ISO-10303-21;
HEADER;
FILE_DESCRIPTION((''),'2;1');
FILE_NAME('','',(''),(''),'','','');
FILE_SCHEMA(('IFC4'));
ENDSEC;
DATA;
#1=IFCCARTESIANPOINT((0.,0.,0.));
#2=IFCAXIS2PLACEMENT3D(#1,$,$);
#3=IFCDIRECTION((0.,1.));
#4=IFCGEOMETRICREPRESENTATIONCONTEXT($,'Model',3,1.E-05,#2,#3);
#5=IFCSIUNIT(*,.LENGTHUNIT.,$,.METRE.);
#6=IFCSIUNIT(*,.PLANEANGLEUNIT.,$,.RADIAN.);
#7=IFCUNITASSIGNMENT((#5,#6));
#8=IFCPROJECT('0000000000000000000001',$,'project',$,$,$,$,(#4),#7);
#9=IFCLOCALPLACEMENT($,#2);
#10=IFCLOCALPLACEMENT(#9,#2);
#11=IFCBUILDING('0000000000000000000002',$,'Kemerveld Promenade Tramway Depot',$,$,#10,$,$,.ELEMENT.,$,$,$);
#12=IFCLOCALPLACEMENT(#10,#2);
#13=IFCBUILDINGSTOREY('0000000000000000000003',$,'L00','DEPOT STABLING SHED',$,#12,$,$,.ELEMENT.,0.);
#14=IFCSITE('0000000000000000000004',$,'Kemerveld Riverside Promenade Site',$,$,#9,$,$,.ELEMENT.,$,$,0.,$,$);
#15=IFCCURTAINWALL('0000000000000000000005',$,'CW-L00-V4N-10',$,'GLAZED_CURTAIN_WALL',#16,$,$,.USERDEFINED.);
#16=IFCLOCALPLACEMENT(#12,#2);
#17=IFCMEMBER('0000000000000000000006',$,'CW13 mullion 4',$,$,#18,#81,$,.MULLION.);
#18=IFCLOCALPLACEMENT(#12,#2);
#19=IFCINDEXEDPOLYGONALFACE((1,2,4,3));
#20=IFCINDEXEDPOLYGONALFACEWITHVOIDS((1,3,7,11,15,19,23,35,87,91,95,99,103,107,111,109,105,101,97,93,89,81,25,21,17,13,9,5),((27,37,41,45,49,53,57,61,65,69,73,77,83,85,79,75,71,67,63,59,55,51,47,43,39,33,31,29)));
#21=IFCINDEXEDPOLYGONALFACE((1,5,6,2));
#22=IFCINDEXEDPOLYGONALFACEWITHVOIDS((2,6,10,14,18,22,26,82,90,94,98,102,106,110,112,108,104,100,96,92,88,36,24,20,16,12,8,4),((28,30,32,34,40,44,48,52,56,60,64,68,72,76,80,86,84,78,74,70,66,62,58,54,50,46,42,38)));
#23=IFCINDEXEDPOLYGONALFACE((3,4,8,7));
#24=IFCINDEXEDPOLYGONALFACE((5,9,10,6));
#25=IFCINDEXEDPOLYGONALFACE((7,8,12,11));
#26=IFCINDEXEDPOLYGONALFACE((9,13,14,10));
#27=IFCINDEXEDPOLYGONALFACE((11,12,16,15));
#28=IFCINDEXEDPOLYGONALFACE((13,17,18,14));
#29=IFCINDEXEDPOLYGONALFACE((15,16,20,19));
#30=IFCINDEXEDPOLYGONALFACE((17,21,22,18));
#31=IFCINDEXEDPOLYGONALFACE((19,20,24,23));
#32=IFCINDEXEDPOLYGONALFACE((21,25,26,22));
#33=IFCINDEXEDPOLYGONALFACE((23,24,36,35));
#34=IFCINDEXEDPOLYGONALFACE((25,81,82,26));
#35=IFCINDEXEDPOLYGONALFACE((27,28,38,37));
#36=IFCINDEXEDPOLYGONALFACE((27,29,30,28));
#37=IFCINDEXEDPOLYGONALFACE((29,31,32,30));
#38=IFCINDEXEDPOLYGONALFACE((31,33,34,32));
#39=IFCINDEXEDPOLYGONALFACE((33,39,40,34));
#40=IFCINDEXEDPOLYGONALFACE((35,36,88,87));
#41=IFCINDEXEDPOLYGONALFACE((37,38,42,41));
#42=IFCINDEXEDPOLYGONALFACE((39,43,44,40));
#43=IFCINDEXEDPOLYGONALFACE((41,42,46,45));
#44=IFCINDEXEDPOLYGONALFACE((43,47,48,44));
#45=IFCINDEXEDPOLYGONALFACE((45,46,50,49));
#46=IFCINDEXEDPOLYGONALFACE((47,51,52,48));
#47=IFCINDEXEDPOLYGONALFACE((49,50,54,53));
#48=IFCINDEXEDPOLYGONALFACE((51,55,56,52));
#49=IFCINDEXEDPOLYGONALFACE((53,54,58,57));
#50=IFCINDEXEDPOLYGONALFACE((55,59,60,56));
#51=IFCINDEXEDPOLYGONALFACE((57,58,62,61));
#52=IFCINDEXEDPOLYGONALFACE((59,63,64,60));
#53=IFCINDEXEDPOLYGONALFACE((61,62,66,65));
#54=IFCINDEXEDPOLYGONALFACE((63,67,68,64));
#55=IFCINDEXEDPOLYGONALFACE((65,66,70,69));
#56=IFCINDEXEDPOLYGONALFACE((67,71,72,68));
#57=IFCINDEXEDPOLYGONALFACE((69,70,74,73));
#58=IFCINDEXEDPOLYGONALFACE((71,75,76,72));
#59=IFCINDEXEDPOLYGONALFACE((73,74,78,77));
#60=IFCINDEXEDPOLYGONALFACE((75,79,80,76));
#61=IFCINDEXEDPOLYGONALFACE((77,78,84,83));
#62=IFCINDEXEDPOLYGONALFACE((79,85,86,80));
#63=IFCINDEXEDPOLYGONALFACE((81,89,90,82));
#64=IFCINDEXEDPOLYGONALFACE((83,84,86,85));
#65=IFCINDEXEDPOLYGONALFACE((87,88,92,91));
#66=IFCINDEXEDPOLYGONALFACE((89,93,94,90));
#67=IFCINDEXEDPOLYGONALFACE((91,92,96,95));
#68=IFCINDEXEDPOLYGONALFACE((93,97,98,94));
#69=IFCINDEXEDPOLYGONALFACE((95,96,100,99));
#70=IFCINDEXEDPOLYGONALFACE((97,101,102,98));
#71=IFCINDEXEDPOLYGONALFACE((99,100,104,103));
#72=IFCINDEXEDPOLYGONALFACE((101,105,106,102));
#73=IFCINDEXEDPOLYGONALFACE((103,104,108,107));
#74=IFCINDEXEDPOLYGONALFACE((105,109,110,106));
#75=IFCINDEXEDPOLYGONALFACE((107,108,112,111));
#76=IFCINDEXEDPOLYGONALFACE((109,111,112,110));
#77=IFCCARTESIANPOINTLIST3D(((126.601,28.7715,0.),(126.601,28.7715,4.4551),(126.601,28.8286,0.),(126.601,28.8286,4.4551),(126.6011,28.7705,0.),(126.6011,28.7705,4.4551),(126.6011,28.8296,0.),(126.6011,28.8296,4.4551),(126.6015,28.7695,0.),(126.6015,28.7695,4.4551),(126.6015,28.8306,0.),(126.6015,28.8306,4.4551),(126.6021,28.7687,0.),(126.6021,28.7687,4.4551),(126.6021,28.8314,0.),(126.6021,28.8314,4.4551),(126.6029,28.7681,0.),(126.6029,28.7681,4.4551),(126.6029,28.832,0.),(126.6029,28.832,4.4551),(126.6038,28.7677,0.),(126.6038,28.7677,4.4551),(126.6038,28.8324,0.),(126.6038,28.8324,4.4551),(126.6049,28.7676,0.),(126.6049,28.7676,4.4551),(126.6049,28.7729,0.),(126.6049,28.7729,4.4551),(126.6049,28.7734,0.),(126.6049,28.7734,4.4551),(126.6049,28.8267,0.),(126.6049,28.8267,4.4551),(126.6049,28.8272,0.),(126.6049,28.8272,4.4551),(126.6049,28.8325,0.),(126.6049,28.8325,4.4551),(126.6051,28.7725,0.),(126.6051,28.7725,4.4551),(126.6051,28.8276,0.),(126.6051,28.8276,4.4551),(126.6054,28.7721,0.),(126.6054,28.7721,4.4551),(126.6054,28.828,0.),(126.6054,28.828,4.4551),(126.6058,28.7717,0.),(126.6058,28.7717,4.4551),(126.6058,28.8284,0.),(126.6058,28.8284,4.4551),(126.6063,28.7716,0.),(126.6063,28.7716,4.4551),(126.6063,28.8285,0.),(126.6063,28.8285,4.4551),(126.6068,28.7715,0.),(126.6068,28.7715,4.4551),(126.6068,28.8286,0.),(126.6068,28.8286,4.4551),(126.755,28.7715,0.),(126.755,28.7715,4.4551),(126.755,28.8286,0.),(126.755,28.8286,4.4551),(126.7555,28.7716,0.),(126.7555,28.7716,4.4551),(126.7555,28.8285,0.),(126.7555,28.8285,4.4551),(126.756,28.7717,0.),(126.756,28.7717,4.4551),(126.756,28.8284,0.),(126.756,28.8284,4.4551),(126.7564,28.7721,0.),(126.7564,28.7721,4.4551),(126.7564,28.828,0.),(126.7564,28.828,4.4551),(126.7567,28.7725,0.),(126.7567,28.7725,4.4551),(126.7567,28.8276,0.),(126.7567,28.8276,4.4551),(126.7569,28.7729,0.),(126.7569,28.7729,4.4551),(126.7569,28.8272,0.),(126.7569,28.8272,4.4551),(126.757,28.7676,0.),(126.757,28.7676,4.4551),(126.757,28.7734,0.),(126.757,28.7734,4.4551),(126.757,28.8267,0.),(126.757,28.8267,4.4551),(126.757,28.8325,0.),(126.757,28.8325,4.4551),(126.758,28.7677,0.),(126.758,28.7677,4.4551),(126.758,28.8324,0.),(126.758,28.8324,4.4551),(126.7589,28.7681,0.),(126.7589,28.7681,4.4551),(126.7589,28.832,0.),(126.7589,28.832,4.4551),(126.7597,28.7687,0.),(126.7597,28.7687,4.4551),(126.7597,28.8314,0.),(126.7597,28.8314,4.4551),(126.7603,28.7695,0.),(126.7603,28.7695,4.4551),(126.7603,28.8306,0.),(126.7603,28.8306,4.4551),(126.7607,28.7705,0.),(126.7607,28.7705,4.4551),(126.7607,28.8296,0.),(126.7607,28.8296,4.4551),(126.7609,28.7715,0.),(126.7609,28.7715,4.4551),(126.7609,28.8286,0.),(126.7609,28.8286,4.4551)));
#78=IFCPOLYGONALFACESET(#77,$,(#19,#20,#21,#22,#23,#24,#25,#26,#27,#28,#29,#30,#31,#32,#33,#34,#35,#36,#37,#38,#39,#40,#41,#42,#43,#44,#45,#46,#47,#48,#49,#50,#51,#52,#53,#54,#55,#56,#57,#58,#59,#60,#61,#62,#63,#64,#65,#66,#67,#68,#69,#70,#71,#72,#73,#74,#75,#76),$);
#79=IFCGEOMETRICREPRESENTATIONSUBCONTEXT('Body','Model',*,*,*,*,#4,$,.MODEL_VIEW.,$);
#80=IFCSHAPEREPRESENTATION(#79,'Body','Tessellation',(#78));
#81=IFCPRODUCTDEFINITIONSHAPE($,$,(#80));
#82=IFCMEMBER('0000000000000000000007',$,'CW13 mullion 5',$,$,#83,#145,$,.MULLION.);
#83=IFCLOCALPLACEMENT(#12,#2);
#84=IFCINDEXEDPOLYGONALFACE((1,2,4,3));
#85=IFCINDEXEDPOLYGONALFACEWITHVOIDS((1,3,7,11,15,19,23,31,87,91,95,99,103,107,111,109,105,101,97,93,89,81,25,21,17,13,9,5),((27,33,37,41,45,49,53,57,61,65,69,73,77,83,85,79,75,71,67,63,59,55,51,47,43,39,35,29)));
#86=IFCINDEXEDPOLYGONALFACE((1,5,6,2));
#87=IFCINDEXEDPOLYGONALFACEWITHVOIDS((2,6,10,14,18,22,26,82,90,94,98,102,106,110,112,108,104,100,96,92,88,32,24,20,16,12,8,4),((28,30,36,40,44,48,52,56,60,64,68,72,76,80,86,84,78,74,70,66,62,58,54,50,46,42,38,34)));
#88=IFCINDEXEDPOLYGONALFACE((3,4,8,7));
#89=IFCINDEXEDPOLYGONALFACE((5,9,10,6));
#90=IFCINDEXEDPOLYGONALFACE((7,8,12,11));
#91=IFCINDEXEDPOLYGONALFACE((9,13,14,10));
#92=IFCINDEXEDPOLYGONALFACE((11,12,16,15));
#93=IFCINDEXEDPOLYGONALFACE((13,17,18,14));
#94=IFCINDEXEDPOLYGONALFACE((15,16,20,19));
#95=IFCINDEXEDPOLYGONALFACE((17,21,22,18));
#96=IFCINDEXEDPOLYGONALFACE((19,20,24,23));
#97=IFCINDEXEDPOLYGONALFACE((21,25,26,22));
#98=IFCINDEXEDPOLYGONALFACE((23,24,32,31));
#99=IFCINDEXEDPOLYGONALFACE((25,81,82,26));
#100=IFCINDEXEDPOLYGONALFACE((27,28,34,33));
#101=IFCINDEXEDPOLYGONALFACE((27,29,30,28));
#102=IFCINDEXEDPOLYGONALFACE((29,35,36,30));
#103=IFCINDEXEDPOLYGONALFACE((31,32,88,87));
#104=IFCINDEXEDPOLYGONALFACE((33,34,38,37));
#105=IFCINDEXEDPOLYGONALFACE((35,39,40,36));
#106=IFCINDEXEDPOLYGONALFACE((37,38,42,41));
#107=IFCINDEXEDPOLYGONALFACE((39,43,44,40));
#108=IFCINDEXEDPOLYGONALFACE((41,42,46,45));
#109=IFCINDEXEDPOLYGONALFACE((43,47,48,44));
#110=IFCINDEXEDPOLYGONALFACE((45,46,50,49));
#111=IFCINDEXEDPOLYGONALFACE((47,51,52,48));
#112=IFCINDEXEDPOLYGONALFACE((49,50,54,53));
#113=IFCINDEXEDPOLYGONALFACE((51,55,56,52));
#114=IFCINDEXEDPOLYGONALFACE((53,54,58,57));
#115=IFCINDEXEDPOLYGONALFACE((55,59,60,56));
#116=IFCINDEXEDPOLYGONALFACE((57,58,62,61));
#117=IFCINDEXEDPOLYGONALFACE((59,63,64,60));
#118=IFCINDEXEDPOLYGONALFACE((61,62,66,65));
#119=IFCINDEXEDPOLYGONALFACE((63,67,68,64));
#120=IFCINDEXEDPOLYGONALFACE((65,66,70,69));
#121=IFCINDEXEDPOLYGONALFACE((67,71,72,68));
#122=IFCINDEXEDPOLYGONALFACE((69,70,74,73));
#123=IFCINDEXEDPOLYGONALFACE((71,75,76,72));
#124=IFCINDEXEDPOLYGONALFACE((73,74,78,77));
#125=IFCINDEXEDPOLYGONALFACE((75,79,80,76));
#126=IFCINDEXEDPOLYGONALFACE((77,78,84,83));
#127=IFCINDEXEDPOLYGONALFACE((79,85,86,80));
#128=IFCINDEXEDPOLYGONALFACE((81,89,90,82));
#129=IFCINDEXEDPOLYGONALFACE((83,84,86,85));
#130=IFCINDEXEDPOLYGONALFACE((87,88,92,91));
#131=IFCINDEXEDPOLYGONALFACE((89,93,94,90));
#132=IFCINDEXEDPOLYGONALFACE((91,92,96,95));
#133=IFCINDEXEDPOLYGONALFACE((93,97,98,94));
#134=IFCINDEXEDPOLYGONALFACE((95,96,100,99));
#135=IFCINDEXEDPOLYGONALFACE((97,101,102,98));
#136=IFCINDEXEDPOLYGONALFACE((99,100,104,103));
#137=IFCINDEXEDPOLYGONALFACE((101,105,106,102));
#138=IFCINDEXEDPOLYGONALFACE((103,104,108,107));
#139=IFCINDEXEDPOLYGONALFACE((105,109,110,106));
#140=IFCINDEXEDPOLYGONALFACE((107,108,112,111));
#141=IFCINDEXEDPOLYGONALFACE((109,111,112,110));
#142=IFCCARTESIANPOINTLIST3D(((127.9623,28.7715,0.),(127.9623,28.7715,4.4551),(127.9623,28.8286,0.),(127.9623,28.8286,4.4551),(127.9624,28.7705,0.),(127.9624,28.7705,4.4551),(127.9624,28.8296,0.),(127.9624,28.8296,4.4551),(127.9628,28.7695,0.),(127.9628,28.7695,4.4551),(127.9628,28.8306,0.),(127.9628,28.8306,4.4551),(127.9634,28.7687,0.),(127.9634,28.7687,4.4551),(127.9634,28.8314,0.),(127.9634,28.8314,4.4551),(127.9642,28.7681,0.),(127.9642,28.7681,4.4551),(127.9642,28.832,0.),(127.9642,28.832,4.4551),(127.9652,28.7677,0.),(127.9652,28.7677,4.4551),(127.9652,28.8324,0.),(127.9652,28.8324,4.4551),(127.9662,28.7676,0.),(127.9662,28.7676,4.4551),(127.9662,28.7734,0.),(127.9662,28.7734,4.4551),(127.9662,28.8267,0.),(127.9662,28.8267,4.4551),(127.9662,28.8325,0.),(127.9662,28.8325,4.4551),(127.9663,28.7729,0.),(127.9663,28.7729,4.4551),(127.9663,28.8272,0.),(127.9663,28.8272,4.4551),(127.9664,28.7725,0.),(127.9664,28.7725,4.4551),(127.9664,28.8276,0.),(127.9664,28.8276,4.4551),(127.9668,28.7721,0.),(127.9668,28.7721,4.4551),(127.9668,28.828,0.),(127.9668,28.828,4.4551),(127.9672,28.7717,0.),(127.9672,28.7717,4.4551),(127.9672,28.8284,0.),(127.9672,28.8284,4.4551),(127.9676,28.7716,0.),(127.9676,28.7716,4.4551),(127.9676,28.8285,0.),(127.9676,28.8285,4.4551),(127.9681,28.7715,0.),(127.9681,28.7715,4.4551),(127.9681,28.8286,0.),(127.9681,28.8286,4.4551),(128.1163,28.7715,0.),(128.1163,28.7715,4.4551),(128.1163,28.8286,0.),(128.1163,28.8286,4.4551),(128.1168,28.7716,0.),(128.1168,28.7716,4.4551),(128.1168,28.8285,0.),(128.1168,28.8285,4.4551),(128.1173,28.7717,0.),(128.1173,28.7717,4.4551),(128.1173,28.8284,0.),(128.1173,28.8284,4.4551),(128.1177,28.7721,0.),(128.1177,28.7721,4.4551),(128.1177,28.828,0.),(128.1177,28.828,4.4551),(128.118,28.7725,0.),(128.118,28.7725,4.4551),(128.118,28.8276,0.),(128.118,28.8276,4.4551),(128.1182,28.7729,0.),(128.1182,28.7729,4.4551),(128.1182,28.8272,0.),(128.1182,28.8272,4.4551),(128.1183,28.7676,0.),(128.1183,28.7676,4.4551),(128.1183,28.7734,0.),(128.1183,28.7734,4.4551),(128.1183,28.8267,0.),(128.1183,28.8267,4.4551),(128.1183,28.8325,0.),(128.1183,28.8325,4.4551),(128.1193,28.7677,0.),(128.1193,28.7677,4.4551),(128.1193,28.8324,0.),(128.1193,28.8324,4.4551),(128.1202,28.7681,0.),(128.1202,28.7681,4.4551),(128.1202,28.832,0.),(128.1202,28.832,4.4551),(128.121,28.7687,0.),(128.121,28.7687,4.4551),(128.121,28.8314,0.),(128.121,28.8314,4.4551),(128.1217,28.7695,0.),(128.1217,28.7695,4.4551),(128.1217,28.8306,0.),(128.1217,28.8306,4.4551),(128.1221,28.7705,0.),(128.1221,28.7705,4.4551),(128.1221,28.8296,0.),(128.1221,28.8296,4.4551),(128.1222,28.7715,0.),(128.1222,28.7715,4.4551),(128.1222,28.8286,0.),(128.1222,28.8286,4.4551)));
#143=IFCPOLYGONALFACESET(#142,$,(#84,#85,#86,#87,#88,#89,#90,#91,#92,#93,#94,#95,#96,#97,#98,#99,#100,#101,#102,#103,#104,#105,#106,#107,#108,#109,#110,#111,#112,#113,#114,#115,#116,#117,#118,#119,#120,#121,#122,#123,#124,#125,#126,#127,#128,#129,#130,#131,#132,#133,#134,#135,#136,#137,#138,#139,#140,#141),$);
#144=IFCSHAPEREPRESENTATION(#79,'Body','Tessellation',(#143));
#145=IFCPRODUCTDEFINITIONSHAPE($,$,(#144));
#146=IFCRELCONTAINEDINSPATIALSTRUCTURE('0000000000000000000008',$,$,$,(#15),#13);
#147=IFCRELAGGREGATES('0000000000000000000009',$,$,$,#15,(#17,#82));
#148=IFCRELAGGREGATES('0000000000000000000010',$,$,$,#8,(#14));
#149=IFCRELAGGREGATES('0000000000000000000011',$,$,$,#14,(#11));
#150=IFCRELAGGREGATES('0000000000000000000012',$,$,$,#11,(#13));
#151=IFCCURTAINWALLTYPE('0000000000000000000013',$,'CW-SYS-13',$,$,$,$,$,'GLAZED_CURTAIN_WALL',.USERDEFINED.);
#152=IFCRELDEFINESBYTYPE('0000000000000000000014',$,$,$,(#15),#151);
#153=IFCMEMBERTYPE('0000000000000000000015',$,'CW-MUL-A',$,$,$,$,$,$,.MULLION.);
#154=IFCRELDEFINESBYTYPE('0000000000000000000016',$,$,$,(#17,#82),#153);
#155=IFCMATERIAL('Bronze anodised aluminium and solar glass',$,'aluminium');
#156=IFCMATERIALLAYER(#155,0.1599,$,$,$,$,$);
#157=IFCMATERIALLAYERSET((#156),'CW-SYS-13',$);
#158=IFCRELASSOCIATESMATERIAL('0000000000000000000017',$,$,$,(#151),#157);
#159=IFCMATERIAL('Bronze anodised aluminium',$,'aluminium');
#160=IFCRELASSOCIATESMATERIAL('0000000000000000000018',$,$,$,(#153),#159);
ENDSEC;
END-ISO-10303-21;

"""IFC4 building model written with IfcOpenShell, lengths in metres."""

from ifc_helpers import new_model, si_unit, direction, frame, origin, origin_2d, place, context, subcontext, project, spatial, hollow_rectangle, extrude, material, layer, layer_set, material_profile, profile_set, type_object, element, aggregate, save


model = new_model("IFC4")

# Units and contexts
model_context = context("Model", 3, precision=1e-05, world=origin(), true_north=direction((0.0, 1.0)))
body_context = subcontext(model_context, "Body", "Model", "MODEL_VIEW")
ifc_project = project(units=[si_unit("LENGTHUNIT", "METRE"), si_unit("PLANEANGLEUNIT", "RADIAN")], contexts=[model_context])

# Site, building, storey
site_placement = place(None, origin())
site = spatial("IfcSite", under=ifc_project, at=site_placement, Name="Kemerveld Riverside Promenade Site", CompositionType="ELEMENT", RefElevation=0.0)
building_placement = place(site_placement, origin())
building = spatial("IfcBuilding", under=site, at=building_placement, Name="Kemerveld Promenade Tramway Depot", CompositionType="ELEMENT")
storey_placement = place(building_placement, origin())
storey = spatial("IfcBuildingStorey", under=building, at=storey_placement, Name="L00", Description="DEPOT STABLING SHED", CompositionType="ELEMENT", Elevation=0.0)

# Curtain wall, members
ifc_material_1 = material(Name="Bronze anodised aluminium and solar glass", Category="aluminium")
ifc_layer_1 = layer(ifc_material_1, 0.1599)
ifc_layer_set_1 = layer_set([ifc_layer_1], Name="CW-SYS-13")
curtain_wall_type = type_object("IfcCurtainWallType", Name="CW-SYS-13", ElementType="GLAZED_CURTAIN_WALL", PredefinedType="USERDEFINED", material=ifc_layer_set_1)
curtain_wall_placement = place(storey_placement, origin())
curtain_wall = element("IfcCurtainWall", 1, at=curtain_wall_placement, inside=storey, type_object=curtain_wall_type, Name="CW-L00-V4N-10", ObjectType="GLAZED_CURTAIN_WALL", PredefinedType="USERDEFINED")
ifc_material_2 = material(Name="Bronze anodised aluminium", Category="aluminium")
ifc_material_profile_1 = material_profile(ifc_material_2, hollow_rectangle(XDim=0.0649, YDim=0.1599, WallThickness=0.0039, InnerFilletRadius=0.002, OuterFilletRadius=0.0039, at=origin_2d()), Name="CW-MUL-160x65")
ifc_profile_set_1 = profile_set([ifc_material_profile_1], Name="Bronze anodised aluminium")
member_type_1 = type_object("IfcMemberType", Name="CW-MUL-A", PredefinedType="MULLION", material=ifc_profile_set_1)
member_1_placement = place(storey_placement, frame((126.6809, 28.8, 0.0), z_axis=(0.0, 0.0, 1.0), x_axis=(0.0, 1.0, 0.0)))
member_1 = element("IfcMember", 2, at=member_1_placement, type_object=member_type_1, Name="CW13 mullion 4", PredefinedType="MULLION", context=body_context, shape_type="SweptSolid", body=[
    extrude(hollow_rectangle(XDim=0.0649, YDim=0.1599, WallThickness=0.0039, InnerFilletRadius=0.002, OuterFilletRadius=0.0039, at=origin_2d()), origin(), (0.0, 0.0, 1.0), 4.4551),
])
member_2_placement = place(storey_placement, frame((128.0422, 28.8, 0.0), z_axis=(0.0, 0.0, 1.0), x_axis=(0.0, 1.0, 0.0)))
member_2 = element("IfcMember", 3, at=member_2_placement, type_object=member_type_1, Name="CW13 mullion 5", PredefinedType="MULLION", context=body_context, shape_type="SweptSolid", body=[
    extrude(hollow_rectangle(XDim=0.0649, YDim=0.1599, WallThickness=0.0039, InnerFilletRadius=0.002, OuterFilletRadius=0.0039, at=origin_2d()), origin(), (0.0, 0.0, 1.0), 4.4551),
])
aggregate(curtain_wall, [member_1, member_2])

save(model, "model.ifc")
